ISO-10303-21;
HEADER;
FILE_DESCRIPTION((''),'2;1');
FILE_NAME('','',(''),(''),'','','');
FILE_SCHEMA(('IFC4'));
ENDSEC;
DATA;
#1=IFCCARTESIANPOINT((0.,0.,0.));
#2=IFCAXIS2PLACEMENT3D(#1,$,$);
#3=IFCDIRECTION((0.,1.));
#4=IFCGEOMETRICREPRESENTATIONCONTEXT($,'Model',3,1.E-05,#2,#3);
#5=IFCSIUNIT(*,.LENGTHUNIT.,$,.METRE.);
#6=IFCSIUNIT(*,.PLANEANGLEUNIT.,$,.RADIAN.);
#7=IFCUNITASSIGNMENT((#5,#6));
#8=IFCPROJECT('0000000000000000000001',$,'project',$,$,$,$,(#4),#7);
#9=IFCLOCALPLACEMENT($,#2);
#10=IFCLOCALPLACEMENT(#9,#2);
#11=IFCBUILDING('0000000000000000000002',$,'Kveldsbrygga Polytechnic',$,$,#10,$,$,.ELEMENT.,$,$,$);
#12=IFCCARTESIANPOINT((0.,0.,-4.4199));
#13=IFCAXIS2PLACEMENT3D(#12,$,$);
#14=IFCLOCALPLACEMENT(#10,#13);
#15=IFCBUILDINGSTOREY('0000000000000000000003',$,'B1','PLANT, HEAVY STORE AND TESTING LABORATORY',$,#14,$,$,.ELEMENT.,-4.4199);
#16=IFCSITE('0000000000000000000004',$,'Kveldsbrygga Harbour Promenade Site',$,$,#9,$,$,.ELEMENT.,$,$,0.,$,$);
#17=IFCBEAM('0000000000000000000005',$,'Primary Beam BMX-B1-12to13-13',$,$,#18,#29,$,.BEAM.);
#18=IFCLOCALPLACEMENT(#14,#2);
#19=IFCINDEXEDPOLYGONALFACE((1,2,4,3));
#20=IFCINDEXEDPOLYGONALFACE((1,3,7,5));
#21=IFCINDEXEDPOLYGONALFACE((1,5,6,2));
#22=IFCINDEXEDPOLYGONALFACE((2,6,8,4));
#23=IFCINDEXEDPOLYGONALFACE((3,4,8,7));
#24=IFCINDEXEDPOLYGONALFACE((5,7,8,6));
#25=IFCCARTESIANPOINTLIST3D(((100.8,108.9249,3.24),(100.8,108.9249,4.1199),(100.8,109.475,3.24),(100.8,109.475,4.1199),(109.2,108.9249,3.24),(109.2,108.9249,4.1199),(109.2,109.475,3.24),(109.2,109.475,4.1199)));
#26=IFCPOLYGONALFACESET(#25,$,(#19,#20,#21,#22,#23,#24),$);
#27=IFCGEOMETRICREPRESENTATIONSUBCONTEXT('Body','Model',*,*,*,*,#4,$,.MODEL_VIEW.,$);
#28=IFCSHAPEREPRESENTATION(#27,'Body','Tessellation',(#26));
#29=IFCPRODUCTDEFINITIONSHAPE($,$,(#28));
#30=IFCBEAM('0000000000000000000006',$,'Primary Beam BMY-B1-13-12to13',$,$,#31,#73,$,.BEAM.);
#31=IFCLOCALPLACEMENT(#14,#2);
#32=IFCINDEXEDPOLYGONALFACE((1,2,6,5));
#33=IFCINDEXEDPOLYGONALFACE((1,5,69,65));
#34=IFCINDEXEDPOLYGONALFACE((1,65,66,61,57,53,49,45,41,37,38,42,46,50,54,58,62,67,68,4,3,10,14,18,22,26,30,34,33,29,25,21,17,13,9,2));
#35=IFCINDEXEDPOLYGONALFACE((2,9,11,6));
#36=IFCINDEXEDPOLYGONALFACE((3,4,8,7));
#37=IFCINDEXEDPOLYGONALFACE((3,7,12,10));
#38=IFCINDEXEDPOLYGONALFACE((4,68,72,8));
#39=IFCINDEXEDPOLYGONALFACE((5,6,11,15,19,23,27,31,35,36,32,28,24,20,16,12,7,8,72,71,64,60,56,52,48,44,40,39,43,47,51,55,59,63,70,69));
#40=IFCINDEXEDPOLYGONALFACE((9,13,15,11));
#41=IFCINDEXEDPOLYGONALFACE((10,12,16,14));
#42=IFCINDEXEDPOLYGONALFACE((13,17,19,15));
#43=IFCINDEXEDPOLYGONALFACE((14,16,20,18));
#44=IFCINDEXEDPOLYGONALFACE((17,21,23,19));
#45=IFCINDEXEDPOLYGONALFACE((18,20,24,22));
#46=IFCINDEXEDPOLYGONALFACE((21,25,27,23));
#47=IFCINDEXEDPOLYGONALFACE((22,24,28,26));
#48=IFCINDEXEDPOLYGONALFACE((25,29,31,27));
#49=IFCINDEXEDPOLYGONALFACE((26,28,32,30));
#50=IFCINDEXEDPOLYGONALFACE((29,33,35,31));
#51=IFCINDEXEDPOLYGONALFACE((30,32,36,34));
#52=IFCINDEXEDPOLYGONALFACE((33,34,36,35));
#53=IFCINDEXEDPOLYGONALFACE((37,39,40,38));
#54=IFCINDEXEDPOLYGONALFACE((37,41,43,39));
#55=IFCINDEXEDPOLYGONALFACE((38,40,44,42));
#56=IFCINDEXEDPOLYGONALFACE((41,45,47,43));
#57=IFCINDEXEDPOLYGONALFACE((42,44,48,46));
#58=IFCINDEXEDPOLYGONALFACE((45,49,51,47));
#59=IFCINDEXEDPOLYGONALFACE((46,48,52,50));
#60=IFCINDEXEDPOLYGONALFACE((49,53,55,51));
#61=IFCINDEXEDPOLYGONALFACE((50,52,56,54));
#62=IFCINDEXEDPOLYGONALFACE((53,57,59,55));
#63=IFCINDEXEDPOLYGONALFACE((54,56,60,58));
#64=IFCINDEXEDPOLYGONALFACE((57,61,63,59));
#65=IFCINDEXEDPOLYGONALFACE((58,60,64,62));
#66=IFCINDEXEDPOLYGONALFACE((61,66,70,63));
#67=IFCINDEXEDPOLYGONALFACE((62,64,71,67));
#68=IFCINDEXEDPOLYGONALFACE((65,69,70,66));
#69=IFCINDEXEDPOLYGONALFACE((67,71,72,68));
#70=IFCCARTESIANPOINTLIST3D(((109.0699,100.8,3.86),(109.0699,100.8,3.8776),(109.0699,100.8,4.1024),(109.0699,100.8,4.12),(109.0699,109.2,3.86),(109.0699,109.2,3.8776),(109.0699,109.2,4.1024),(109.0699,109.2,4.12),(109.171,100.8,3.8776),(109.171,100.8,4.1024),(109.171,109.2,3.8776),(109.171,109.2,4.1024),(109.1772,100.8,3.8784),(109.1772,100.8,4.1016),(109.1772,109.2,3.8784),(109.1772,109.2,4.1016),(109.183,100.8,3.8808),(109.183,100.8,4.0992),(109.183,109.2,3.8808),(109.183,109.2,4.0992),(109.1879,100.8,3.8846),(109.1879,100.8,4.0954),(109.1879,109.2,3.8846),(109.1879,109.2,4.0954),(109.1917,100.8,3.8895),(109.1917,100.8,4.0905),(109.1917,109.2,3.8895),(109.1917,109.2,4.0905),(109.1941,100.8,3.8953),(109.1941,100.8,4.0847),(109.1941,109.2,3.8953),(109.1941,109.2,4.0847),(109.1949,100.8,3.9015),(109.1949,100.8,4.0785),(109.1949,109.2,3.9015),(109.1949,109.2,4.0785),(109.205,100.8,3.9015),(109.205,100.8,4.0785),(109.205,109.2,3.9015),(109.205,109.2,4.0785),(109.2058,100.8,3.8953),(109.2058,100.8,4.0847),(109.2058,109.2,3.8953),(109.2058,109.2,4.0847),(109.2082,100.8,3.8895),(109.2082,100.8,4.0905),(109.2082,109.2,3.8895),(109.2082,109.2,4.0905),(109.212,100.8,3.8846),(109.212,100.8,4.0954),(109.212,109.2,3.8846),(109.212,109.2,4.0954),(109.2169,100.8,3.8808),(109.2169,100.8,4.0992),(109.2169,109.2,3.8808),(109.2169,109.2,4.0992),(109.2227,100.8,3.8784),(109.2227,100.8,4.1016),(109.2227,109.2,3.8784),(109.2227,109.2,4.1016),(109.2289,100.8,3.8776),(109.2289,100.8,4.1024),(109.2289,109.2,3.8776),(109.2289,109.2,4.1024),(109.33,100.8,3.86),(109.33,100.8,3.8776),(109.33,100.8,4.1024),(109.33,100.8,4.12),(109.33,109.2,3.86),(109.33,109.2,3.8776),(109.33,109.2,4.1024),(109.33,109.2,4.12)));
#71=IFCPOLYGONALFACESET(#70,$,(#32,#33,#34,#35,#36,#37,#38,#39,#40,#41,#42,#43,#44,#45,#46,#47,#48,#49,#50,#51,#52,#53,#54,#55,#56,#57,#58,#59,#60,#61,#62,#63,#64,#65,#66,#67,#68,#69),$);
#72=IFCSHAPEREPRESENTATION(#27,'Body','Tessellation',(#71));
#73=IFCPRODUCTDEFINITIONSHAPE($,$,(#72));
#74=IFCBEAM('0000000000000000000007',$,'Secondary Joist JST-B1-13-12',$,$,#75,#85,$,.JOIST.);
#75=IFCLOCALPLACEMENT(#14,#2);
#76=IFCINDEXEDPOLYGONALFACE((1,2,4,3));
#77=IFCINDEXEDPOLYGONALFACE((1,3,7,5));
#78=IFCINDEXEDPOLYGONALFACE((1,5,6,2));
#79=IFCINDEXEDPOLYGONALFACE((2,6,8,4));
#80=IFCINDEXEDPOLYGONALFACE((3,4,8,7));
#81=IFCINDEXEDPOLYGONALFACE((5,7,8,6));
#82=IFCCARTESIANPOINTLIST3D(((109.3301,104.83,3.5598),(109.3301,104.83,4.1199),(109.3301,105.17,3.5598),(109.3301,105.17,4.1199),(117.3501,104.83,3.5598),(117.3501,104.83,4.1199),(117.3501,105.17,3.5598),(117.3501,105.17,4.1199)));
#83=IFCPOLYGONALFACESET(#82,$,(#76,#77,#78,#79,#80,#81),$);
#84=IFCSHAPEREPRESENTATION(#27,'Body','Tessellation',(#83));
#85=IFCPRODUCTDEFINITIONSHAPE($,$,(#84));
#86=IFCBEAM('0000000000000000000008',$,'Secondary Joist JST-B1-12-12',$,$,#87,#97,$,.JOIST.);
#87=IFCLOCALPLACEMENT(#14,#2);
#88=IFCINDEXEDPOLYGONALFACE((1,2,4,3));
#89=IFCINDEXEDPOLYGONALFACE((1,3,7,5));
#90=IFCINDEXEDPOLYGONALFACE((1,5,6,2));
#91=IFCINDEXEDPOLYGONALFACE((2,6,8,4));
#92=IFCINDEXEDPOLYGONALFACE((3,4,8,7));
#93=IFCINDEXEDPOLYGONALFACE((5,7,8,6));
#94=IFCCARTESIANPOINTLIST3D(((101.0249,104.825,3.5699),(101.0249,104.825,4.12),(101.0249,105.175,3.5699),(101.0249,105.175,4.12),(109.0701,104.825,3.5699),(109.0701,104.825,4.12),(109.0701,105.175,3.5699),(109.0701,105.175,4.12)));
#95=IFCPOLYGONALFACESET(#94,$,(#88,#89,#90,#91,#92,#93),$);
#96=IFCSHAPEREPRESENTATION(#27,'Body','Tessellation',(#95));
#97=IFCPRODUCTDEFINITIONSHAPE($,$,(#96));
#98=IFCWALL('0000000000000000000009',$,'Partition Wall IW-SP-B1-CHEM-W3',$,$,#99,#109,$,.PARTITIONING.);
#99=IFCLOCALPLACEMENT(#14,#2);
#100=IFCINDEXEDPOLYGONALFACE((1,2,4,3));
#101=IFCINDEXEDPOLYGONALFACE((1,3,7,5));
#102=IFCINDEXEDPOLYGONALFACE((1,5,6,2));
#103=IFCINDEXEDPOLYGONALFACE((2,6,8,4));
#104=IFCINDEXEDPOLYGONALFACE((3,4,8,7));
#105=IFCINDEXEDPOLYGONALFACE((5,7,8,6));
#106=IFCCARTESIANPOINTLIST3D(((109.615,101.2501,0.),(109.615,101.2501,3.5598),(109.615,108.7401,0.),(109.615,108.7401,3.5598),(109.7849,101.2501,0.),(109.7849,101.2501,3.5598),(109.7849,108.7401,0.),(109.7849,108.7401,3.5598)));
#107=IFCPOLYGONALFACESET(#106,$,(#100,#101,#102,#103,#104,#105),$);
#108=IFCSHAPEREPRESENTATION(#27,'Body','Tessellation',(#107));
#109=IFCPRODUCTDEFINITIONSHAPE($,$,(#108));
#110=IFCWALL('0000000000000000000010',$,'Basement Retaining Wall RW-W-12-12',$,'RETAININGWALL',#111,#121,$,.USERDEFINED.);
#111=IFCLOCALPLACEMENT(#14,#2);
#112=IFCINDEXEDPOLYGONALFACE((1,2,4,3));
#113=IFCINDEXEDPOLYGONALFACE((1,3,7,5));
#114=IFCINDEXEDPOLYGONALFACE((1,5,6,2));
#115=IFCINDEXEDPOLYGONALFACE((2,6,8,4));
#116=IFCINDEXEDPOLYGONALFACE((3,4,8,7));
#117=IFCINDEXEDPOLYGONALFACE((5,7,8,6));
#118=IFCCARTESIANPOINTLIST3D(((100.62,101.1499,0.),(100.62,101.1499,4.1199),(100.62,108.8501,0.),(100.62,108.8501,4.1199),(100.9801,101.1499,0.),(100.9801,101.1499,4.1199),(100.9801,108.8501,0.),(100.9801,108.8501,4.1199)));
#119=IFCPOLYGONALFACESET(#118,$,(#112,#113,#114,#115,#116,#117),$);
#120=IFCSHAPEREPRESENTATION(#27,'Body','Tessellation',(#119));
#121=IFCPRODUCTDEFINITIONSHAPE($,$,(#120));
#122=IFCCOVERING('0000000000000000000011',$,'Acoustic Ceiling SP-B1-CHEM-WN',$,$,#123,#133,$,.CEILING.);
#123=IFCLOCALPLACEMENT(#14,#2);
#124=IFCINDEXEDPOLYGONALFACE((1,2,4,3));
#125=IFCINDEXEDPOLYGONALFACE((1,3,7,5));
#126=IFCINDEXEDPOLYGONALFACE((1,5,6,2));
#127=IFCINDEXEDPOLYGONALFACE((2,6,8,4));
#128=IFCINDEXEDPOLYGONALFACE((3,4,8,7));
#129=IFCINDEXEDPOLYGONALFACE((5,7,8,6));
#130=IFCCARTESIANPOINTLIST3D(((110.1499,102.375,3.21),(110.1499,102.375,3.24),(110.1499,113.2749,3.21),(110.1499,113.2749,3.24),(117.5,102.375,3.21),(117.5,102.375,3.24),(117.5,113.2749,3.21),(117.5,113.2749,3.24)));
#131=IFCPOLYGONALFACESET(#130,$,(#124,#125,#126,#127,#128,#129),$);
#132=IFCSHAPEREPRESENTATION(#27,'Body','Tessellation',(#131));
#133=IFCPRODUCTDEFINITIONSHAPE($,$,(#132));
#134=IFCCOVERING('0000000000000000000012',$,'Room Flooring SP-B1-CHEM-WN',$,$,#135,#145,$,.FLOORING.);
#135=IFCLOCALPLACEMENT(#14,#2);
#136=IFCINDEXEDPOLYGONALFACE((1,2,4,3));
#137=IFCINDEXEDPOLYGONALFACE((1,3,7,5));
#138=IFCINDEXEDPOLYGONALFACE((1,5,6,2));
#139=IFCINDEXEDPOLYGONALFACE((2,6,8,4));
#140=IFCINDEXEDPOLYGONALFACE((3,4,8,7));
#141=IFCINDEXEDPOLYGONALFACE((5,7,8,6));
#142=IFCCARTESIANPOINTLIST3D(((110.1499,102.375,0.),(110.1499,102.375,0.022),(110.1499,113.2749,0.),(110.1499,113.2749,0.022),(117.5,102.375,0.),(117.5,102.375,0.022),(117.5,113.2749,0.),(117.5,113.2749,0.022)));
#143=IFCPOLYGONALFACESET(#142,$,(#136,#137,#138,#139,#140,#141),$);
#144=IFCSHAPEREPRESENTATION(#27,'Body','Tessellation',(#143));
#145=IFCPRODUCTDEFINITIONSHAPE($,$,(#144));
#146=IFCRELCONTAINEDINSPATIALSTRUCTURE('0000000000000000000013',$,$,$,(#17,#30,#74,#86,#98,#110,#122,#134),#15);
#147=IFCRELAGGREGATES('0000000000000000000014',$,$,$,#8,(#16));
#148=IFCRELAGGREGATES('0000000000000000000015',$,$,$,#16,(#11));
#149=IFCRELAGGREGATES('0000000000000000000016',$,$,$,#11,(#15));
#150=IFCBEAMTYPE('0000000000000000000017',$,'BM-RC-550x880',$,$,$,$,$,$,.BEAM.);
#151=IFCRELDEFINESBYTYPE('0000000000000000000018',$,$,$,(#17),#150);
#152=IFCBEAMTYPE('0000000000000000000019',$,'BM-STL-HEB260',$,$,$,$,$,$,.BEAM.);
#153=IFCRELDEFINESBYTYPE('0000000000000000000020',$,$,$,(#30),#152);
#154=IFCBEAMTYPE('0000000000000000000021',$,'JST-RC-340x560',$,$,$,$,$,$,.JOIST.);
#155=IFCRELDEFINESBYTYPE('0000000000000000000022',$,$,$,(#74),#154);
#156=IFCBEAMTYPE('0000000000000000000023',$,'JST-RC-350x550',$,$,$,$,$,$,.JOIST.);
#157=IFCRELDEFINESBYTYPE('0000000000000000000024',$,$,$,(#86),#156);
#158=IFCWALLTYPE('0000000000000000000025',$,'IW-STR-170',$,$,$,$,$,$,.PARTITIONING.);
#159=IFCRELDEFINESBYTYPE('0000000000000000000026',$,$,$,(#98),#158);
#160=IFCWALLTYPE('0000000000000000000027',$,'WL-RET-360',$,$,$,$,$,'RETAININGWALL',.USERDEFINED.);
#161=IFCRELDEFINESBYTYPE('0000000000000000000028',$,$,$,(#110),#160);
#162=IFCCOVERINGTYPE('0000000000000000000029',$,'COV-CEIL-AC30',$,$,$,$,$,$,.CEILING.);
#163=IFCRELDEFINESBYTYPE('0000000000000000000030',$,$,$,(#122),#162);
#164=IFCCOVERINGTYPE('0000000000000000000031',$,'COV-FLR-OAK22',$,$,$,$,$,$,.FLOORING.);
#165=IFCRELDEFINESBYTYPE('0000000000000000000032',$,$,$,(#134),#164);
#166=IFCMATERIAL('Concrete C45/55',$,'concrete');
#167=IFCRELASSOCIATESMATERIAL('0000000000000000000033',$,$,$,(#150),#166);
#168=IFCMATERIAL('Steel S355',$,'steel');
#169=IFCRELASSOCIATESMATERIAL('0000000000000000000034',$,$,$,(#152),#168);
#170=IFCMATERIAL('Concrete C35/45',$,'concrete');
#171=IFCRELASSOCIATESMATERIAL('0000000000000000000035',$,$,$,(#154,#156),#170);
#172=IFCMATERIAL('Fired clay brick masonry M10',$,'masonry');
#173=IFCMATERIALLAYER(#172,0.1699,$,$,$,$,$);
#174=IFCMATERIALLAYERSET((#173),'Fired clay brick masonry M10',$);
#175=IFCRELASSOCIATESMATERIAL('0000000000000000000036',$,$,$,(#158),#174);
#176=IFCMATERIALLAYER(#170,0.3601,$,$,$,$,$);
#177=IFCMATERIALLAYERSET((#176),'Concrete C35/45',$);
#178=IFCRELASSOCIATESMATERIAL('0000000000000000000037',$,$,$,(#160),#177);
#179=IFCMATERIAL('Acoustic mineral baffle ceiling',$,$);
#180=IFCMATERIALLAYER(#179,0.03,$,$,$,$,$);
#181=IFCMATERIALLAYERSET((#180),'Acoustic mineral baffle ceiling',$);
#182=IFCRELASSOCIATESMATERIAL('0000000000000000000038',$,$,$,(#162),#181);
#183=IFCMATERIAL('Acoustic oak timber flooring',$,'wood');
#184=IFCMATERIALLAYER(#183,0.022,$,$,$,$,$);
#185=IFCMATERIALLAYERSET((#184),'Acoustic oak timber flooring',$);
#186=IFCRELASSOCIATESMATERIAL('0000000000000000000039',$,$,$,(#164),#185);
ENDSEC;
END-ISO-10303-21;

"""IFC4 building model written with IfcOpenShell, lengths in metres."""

from ifc_helpers import new_model, si_unit, direction, frame, frame_2d, origin, origin_2d, place, context, subcontext, project, spatial, rectangle, i_section, extrude, material, layer, layer_set, material_profile, profile_set, type_object, element, save


model = new_model("IFC4")

# Units and contexts
model_context = context("Model", 3, precision=1e-05, world=origin(), true_north=direction((0.0, 1.0)))
body_context = subcontext(model_context, "Body", "Model", "MODEL_VIEW")
ifc_project = project(units=[si_unit("LENGTHUNIT", "METRE"), si_unit("PLANEANGLEUNIT", "RADIAN")], contexts=[model_context])

# Site, building, storey
site_placement = place(None, origin())
site = spatial("IfcSite", under=ifc_project, at=site_placement, Name="Kveldsbrygga Harbour Promenade Site", CompositionType="ELEMENT", RefElevation=0.0)
building_placement = place(site_placement, origin())
building = spatial("IfcBuilding", under=site, at=building_placement, Name="Kveldsbrygga Polytechnic", CompositionType="ELEMENT")
storey_placement = place(building_placement, frame((0.0, 0.0, -4.4199)))
storey = spatial("IfcBuildingStorey", under=building, at=storey_placement, Name="B1", Description="PLANT, HEAVY STORE AND TESTING LABORATORY", CompositionType="ELEMENT", Elevation=-4.4199)

# Shared definitions
ifc_material_1 = material(Name="Concrete C45/55", Category="concrete")

# Beams
ifc_material_2 = material(Name="Concrete C35/45", Category="concrete")
ifc_material_profile_1 = material_profile(ifc_material_1, rectangle(XDim=0.55, YDim=0.8799, at=origin_2d()), Name="RC 550x880")
ifc_profile_set_1 = profile_set([ifc_material_profile_1], Name="Concrete C45/55")
beam_type_1 = type_object("IfcBeamType", Name="BM-RC-550x880", PredefinedType="BEAM", material=ifc_profile_set_1)
beam_1_placement = place(storey_placement, frame((100.8, 109.2, 3.6799), z_axis=(1.0, 0.0, 0.0), x_axis=(0.0, 1.0, 0.0)))
element("IfcBeam", 1, at=beam_1_placement, inside=storey, type_object=beam_type_1, Name="Primary Beam BMX-B1-12to13-13", PredefinedType="BEAM", context=body_context, shape_type="SweptSolid", body=[
    extrude(rectangle(XDim=0.55, YDim=0.8799, at=origin_2d()), origin(), (0.0, 0.0, 1.0), 8.3999),
])
ifc_material_3 = material(Name="Steel S355", Category="steel")
ifc_material_profile_2 = material_profile(ifc_material_3, i_section(OverallWidth=0.26, OverallDepth=0.26, WebThickness=0.01, FlangeThickness=0.0176, FilletRadius=0.0239, at=origin_2d()), Name="HEB 260")
ifc_profile_set_2 = profile_set([ifc_material_profile_2], Name="Steel S355")
beam_type_2 = type_object("IfcBeamType", Name="BM-STL-HEB260", PredefinedType="BEAM", material=ifc_profile_set_2)
beam_2_placement = place(storey_placement, frame((109.2, 100.8, 3.99), z_axis=(0.0, 1.0, 0.0), x_axis=(-1.0, 0.0, 0.0)))
element("IfcBeam", 2, at=beam_2_placement, inside=storey, type_object=beam_type_2, Name="Primary Beam BMY-B1-13-12to13", PredefinedType="BEAM", context=body_context, shape_type="SweptSolid", body=[
    extrude(i_section(OverallWidth=0.26, OverallDepth=0.26, WebThickness=0.01, FlangeThickness=0.0176, FilletRadius=0.0239, at=origin_2d()), origin(), (0.0, 0.0, 1.0), 8.3999),
])
ifc_material_profile_3 = material_profile(ifc_material_2, rectangle(XDim=0.3401, YDim=0.5601, at=origin_2d()), Name="RC 340x560")
ifc_profile_set_3 = profile_set([ifc_material_profile_3], Name="Concrete C35/45")
beam_type_3 = type_object("IfcBeamType", Name="JST-RC-340x560", PredefinedType="JOIST", material=ifc_profile_set_3)
beam_3_placement = place(storey_placement, frame((109.3301, 105.0, 3.8398), z_axis=(1.0, 0.0, 0.0), x_axis=(0.0, 1.0, 0.0)))
element("IfcBeam", 3, at=beam_3_placement, inside=storey, type_object=beam_type_3, Name="Secondary Joist JST-B1-13-12", PredefinedType="JOIST", context=body_context, shape_type="SweptSolid", body=[
    extrude(rectangle(XDim=0.3401, YDim=0.5601, at=origin_2d()), origin(), (0.0, 0.0, 1.0), 8.02),
])
ifc_material_profile_4 = material_profile(ifc_material_2, rectangle(XDim=0.3501, YDim=0.55, at=origin_2d()), Name="RC 350x550")
ifc_profile_set_4 = profile_set([ifc_material_profile_4], Name="Concrete C35/45")
beam_type_4 = type_object("IfcBeamType", Name="JST-RC-350x550", PredefinedType="JOIST", material=ifc_profile_set_4)
beam_4_placement = place(storey_placement, frame((101.0249, 105.0, 3.845), z_axis=(1.0, 0.0, 0.0), x_axis=(0.0, 1.0, 0.0)))
element("IfcBeam", 4, at=beam_4_placement, inside=storey, type_object=beam_type_4, Name="Secondary Joist JST-B1-12-12", PredefinedType="JOIST", context=body_context, shape_type="SweptSolid", body=[
    extrude(rectangle(XDim=0.3501, YDim=0.55, at=origin_2d()), origin(), (0.0, 0.0, 1.0), 8.0452),
])

# Walls
ifc_material_4 = material(Name="Fired clay brick masonry M10", Category="masonry")
ifc_layer_1 = layer(ifc_material_4, 0.1699)
ifc_layer_set_1 = layer_set([ifc_layer_1], Name="Fired clay brick masonry M10")
wall_type_1 = type_object("IfcWallType", Name="IW-STR-170", PredefinedType="PARTITIONING", material=ifc_layer_set_1)
wall_1_placement = place(storey_placement, frame((109.7, 101.25, 0.0), z_axis=(0.0, 0.0, 1.0), x_axis=(0.0, 1.0, 0.0)))
element("IfcWall", 5, at=wall_1_placement, inside=storey, type_object=wall_type_1, Name="Partition Wall IW-SP-B1-CHEM-W3", PredefinedType="PARTITIONING", context=body_context, shape_type="SweptSolid", body=[
    extrude(rectangle(XDim=7.49, YDim=0.1699, at=frame_2d((3.7451, 0.0))), origin(), (0.0, 0.0, 1.0), 3.5598),
])
ifc_layer_2 = layer(ifc_material_2, 0.3601)
ifc_layer_set_2 = layer_set([ifc_layer_2], Name="Concrete C35/45")
wall_type_2 = type_object("IfcWallType", Name="WL-RET-360", ElementType="RETAININGWALL", PredefinedType="USERDEFINED", material=ifc_layer_set_2)
wall_2_placement = place(storey_placement, frame((100.8, 101.1499, 0.0), z_axis=(0.0, 0.0, 1.0), x_axis=(0.0, 1.0, 0.0)))
element("IfcWall", 6, at=wall_2_placement, inside=storey, type_object=wall_type_2, Name="Basement Retaining Wall RW-W-12-12", ObjectType="RETAININGWALL", PredefinedType="USERDEFINED", context=body_context, shape_type="SweptSolid", body=[
    extrude(rectangle(XDim=7.7002, YDim=0.3601, at=frame_2d((3.8501, 0.0))), origin(), (0.0, 0.0, 1.0), 4.1199),
])

# Coverings
ifc_material_5 = material(Name="Acoustic mineral baffle ceiling")
ifc_layer_3 = layer(ifc_material_5, 0.03)
ifc_layer_set_3 = layer_set([ifc_layer_3], Name="Acoustic mineral baffle ceiling")
covering_type_1 = type_object("IfcCoveringType", Name="COV-CEIL-AC30", PredefinedType="CEILING", material=ifc_layer_set_3)
covering_1_placement = place(storey_placement, frame((113.825, 107.825, 3.21), z_axis=(0.0, 0.0, 1.0), x_axis=(1.0, 0.0, 0.0)))
element("IfcCovering", 7, at=covering_1_placement, inside=storey, type_object=covering_type_1, Name="Acoustic Ceiling SP-B1-CHEM-WN", PredefinedType="CEILING", context=body_context, shape_type="SweptSolid", body=[
    extrude(rectangle(XDim=7.3501, YDim=10.8999, at=origin_2d()), origin(), (0.0, 0.0, 1.0), 0.03),
])
ifc_material_6 = material(Name="Acoustic oak timber flooring", Category="wood")
ifc_layer_4 = layer(ifc_material_6, 0.022)
ifc_layer_set_4 = layer_set([ifc_layer_4], Name="Acoustic oak timber flooring")
covering_type_2 = type_object("IfcCoveringType", Name="COV-FLR-OAK22", PredefinedType="FLOORING", material=ifc_layer_set_4)
covering_2_placement = place(storey_placement, frame((113.825, 107.825, 0.0), z_axis=(0.0, 0.0, 1.0), x_axis=(1.0, 0.0, 0.0)))
element("IfcCovering", 8, at=covering_2_placement, inside=storey, type_object=covering_type_2, Name="Room Flooring SP-B1-CHEM-WN", PredefinedType="FLOORING", context=body_context, shape_type="SweptSolid", body=[
    extrude(rectangle(XDim=7.3501, YDim=10.8999, at=origin_2d()), origin(), (0.0, 0.0, 1.0), 0.022),
])

save(model, "model.ifc")
